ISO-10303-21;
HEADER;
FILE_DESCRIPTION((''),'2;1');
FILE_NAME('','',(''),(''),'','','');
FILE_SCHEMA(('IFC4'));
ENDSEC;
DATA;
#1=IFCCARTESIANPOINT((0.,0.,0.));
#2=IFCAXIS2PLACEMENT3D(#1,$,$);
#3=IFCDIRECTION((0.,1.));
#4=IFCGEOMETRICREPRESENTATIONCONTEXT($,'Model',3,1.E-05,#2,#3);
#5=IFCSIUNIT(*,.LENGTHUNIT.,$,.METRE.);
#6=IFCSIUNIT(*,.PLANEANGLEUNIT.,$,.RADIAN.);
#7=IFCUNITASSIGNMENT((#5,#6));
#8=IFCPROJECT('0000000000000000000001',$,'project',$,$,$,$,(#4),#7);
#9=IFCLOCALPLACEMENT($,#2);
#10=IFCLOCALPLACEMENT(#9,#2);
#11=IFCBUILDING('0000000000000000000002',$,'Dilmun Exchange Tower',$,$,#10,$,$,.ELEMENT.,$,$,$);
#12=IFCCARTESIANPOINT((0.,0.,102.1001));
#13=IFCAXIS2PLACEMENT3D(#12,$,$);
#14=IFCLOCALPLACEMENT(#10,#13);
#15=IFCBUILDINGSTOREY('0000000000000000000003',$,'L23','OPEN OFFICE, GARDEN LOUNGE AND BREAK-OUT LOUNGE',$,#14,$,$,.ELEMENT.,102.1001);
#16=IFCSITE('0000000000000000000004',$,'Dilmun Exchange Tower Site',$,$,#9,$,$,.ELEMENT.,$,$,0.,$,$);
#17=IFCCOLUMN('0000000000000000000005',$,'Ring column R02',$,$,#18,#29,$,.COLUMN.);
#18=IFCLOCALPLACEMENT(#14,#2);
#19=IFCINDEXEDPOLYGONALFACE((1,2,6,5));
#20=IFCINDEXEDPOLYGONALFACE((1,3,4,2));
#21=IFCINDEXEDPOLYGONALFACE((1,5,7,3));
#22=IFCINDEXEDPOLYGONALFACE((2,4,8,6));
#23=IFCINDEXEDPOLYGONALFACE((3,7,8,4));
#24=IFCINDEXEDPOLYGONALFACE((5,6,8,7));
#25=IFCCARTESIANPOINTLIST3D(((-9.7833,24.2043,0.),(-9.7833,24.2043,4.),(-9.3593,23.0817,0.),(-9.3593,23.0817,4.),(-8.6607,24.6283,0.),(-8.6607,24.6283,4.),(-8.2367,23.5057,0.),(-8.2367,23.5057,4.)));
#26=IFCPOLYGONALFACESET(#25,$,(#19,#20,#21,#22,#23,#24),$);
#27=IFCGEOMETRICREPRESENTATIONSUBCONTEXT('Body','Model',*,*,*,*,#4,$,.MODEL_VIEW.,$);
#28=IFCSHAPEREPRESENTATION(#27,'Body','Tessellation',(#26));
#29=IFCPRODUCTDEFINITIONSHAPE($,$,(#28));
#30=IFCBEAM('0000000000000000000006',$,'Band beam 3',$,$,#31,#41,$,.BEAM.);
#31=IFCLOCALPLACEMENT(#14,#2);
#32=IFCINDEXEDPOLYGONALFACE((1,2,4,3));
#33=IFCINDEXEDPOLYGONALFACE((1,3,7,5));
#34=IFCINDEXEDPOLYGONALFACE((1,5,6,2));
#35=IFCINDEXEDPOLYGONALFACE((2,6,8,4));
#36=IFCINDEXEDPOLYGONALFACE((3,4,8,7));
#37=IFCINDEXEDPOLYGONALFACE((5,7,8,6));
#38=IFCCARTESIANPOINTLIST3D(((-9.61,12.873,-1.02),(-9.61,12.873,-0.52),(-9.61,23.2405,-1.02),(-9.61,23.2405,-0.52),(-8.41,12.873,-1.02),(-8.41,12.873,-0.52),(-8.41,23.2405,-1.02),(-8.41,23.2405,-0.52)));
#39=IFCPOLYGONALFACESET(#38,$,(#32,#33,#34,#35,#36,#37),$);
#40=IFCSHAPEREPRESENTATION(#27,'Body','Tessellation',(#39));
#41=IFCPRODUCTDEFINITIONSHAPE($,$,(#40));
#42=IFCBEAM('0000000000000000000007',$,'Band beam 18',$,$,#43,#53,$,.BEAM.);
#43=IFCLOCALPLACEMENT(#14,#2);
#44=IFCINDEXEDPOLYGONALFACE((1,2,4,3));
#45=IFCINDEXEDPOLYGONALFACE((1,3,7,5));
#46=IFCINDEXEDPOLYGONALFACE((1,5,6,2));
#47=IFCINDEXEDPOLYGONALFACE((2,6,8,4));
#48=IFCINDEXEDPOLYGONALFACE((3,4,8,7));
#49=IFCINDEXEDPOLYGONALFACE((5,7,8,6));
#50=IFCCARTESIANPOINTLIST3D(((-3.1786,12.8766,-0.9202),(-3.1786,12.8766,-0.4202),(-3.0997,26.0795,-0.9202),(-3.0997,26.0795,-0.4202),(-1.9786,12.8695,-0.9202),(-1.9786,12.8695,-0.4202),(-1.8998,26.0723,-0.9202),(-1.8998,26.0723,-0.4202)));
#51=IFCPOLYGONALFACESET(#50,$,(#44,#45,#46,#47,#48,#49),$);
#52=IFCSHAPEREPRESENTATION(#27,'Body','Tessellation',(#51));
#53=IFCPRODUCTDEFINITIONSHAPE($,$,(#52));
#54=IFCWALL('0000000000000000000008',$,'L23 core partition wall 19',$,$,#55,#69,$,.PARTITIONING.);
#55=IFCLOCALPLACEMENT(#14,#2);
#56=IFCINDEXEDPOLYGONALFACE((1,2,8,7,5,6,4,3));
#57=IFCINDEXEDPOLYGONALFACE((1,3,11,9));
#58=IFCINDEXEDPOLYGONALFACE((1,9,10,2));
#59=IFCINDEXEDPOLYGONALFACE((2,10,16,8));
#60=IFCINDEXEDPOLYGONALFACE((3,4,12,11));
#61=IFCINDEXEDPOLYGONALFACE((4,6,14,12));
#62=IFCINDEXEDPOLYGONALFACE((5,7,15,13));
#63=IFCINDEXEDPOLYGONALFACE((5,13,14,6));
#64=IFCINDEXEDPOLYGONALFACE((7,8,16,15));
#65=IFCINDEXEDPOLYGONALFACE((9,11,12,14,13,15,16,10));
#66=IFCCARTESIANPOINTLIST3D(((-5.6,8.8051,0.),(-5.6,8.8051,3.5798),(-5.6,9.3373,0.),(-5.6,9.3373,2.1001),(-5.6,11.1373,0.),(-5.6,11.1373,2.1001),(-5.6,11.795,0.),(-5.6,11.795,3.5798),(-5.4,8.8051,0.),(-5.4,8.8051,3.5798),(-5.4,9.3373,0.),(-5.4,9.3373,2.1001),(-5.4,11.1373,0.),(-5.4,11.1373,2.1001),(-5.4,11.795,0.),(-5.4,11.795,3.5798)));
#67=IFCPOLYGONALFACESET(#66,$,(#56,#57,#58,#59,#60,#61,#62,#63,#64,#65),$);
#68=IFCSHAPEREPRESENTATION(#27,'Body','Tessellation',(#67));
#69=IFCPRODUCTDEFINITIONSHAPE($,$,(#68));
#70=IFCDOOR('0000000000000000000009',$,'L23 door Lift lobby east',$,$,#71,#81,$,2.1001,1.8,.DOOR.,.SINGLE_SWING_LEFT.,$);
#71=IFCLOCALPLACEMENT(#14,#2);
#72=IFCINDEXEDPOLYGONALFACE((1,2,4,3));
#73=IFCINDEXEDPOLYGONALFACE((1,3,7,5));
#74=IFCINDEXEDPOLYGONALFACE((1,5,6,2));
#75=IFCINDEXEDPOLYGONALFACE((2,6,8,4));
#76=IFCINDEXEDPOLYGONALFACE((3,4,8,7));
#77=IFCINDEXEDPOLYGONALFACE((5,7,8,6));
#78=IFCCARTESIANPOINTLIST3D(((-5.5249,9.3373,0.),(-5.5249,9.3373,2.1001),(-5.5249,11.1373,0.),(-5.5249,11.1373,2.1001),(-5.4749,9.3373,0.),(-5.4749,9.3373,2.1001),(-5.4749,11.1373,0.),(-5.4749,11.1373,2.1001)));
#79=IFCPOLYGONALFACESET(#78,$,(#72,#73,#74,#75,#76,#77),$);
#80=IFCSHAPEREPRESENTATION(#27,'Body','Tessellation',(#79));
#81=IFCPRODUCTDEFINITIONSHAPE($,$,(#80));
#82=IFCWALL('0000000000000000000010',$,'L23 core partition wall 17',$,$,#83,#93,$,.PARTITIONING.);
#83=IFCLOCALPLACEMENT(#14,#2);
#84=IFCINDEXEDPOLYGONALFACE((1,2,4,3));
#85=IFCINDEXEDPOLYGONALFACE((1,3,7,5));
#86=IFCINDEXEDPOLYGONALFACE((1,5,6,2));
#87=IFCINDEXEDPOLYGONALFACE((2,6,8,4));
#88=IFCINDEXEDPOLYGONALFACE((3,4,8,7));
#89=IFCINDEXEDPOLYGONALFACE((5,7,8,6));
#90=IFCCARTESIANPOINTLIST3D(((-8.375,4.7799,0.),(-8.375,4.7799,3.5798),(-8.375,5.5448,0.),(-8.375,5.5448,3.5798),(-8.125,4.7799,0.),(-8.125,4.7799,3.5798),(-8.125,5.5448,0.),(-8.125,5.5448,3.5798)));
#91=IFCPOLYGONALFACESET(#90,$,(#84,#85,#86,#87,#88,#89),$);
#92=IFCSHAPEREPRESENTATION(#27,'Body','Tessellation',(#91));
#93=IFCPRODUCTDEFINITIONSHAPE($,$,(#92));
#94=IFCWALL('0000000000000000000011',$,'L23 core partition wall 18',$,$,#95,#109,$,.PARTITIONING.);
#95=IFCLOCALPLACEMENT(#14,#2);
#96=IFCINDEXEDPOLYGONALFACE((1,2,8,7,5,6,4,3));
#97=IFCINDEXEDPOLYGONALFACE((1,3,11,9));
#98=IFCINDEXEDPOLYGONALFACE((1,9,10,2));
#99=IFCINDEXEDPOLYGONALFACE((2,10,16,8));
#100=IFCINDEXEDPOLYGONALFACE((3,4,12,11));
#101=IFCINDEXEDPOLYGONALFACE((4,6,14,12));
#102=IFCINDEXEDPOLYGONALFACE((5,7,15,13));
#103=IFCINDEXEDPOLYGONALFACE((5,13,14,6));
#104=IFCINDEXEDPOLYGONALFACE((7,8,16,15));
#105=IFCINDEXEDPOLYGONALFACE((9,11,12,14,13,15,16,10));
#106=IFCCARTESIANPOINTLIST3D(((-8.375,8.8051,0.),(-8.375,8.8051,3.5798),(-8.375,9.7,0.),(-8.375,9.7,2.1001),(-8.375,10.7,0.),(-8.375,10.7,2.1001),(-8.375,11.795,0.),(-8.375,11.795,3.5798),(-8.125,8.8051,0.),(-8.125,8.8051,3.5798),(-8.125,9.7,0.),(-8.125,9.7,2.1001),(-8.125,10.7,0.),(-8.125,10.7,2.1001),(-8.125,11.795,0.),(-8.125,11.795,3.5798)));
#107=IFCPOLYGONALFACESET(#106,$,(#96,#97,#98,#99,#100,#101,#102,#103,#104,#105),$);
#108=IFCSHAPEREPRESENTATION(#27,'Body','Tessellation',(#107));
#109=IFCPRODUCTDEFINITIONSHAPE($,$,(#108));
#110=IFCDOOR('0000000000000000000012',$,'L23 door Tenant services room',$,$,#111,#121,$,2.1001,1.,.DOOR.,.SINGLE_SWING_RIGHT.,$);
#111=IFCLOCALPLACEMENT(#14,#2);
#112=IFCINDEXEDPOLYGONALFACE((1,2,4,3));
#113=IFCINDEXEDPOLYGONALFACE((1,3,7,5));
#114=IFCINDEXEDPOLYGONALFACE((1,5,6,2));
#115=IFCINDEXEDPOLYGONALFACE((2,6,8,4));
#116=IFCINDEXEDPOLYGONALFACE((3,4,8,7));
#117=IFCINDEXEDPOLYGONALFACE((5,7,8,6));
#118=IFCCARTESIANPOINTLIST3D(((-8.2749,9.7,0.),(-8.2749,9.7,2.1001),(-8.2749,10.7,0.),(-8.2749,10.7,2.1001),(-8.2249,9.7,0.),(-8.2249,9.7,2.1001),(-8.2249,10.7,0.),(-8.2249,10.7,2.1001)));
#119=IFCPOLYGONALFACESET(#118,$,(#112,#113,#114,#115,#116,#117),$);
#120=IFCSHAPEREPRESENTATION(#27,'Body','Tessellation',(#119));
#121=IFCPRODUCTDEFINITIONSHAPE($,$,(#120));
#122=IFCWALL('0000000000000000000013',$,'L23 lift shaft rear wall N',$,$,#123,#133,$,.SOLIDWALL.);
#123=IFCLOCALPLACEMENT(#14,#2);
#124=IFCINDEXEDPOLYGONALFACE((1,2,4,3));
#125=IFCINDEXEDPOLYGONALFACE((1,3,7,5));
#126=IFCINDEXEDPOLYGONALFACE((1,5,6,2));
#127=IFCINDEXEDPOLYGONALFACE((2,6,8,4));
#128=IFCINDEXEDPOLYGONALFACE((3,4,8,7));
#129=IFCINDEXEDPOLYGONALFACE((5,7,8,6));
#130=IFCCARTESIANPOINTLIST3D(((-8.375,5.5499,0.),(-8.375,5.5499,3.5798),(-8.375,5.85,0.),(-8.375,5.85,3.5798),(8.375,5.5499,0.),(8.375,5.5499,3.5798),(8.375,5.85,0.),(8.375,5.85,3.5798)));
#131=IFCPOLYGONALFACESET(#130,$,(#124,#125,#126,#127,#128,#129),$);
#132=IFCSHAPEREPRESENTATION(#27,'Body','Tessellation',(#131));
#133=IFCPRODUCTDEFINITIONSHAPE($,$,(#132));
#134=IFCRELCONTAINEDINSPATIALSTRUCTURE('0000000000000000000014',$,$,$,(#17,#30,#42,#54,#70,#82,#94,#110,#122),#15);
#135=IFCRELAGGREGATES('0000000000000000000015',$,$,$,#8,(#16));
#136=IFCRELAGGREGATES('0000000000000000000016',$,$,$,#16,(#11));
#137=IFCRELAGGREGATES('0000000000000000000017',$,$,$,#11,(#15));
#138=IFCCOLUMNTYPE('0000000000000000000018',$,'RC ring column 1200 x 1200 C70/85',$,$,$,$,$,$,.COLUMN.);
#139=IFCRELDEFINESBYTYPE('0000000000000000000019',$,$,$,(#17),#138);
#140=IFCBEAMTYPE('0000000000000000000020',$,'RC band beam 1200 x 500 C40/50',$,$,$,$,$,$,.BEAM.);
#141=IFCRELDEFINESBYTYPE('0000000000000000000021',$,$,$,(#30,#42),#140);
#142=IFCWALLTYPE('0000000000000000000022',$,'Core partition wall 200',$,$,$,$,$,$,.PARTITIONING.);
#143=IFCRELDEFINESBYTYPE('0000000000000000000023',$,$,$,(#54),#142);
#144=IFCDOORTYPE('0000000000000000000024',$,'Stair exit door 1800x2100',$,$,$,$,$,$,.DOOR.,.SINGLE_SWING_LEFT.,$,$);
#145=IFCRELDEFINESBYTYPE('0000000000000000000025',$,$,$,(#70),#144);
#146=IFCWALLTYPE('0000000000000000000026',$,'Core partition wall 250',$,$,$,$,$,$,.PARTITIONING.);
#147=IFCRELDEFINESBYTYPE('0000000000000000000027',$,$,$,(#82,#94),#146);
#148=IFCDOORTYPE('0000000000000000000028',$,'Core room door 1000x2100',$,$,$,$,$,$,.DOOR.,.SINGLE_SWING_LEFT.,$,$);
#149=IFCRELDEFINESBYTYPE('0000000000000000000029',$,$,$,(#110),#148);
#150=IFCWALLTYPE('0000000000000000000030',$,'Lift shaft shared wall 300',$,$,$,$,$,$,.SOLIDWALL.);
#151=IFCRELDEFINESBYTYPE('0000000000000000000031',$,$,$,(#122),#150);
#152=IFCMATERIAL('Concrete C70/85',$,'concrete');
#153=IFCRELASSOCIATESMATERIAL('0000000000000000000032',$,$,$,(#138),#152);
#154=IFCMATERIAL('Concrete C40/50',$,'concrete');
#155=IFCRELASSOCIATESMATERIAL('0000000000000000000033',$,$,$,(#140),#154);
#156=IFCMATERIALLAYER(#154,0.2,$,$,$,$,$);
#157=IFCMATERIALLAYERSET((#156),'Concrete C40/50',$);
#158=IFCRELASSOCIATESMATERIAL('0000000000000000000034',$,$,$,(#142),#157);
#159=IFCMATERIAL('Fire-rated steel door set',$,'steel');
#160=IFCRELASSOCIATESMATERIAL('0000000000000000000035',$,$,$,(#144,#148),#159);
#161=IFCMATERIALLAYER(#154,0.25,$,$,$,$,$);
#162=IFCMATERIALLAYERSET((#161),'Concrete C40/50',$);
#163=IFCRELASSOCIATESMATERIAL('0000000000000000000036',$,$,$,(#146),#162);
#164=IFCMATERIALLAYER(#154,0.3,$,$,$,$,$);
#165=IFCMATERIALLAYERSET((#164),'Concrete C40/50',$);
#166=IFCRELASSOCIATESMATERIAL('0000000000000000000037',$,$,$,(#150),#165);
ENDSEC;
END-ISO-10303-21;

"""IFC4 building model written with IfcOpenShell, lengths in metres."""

from ifc_helpers import new_model, si_unit, direction, frame, frame_2d, origin, origin_2d, place, context, subcontext, project, spatial, rectangle, extrude, material, layer, layer_set, material_profile, profile_set, type_object, element, fill, save


model = new_model("IFC4")

# Units and contexts
model_context = context("Model", 3, precision=1e-05, world=origin(), true_north=direction((0.0, 1.0)))
body_context = subcontext(model_context, "Body", "Model", "MODEL_VIEW")
ifc_project = project(units=[si_unit("LENGTHUNIT", "METRE"), si_unit("PLANEANGLEUNIT", "RADIAN")], contexts=[model_context])

# Site, building, storey
site_placement = place(None, origin())
site = spatial("IfcSite", under=ifc_project, at=site_placement, Name="Dilmun Exchange Tower Site", CompositionType="ELEMENT", RefElevation=0.0)
building_placement = place(site_placement, origin())
building = spatial("IfcBuilding", under=site, at=building_placement, Name="Dilmun Exchange Tower", CompositionType="ELEMENT")
storey_placement = place(building_placement, frame((0.0, 0.0, 102.1001)))
storey = spatial("IfcBuildingStorey", under=building, at=storey_placement, Name="L23", Description="OPEN OFFICE, GARDEN LOUNGE AND BREAK-OUT LOUNGE", CompositionType="ELEMENT", Elevation=102.1001)

# Column
ifc_material_1 = material(Name="Concrete C70/85", Category="concrete")
ifc_material_profile_1 = material_profile(ifc_material_1, rectangle(XDim=1.2, YDim=1.2, at=origin_2d()), Name="1200 x 1200")
ifc_profile_set_1 = profile_set([ifc_material_profile_1], Name="Concrete C70/85")
column_type = type_object("IfcColumnType", Name="RC ring column 1200 x 1200 C70/85", PredefinedType="COLUMN", material=ifc_profile_set_1)
column_placement = place(storey_placement, frame((-9.01, 23.855, 0.0), z_axis=(0.0, 0.0, 1.0), x_axis=(0.935492, 0.353349, 0.0)))
element("IfcColumn", 1, at=column_placement, inside=storey, type_object=column_type, Name="Ring column R02", PredefinedType="COLUMN", context=body_context, shape_type="SweptSolid", body=[
    extrude(rectangle(XDim=1.2, YDim=1.2, at=origin_2d()), origin(), (0.0, 0.0, 1.0), 4.0),
])

# Beams
ifc_material_2 = material(Name="Concrete C40/50", Category="concrete")
ifc_material_profile_2 = material_profile(ifc_material_2, rectangle(XDim=1.2, YDim=0.5, at=origin_2d()), Name="1200 x 500")
ifc_profile_set_2 = profile_set([ifc_material_profile_2], Name="Concrete C40/50")
beam_type = type_object("IfcBeamType", Name="RC band beam 1200 x 500 C40/50", PredefinedType="BEAM", material=ifc_profile_set_2)
beam_1_placement = place(storey_placement, frame((-9.01, 23.2405, -0.77), z_axis=(0.0, -1.0, 0.0), x_axis=(1.0, 0.0, 0.0)))
element("IfcBeam", 2, at=beam_1_placement, inside=storey, type_object=beam_type, Name="Band beam 3", PredefinedType="BEAM", context=body_context, shape_type="SweptSolid", body=[
    extrude(rectangle(XDim=1.2, YDim=0.5, at=origin_2d()), origin(), (0.0, 0.0, 1.0), 10.3674),
])
beam_2_placement = place(storey_placement, frame((-2.4998, 26.0759, -0.6702), z_axis=(-0.005973, -0.999982, 0.0), x_axis=(0.999982, -0.005973, 0.0)))
element("IfcBeam", 3, at=beam_2_placement, inside=storey, type_object=beam_type, Name="Band beam 18", PredefinedType="BEAM", context=body_context, shape_type="SweptSolid", body=[
    extrude(rectangle(XDim=1.2, YDim=0.5, at=origin_2d()), origin(), (0.0, 0.0, 1.0), 13.2031),
])

# Wall, opening, door
ifc_layer_1 = layer(ifc_material_2, 0.2)
ifc_layer_set_1 = layer_set([ifc_layer_1], Name="Concrete C40/50")
wall_type_1 = type_object("IfcWallType", Name="Core partition wall 200", PredefinedType="PARTITIONING", material=ifc_layer_set_1)
wall_1_placement = place(storey_placement, frame((-5.5, 8.8049, 0.0), z_axis=(0.0, 0.0, 1.0), x_axis=(0.0, 1.0, 0.0)))
wall_1 = element("IfcWall", 4, at=wall_1_placement, inside=storey, type_object=wall_type_1, Name="L23 core partition wall 19", PredefinedType="PARTITIONING", context=body_context, shape_type="SweptSolid", body=[
    extrude(rectangle(XDim=2.99, YDim=0.2, at=frame_2d((1.4951, 0.0))), origin(), (0.0, 0.0, 1.0), 3.5798),
])
opening_1_placement = place(wall_1_placement, frame((0.5325, 0.0, 0.0)))
opening_1 = element("IfcOpeningElement", 5, at=opening_1_placement, cuts=wall_1, PredefinedType="OPENING", context=body_context, shape_type="SweptSolid", body=[
    extrude(rectangle(XDim=1.8, YDim=2.1001, at=frame_2d((0.8999, 1.05))), frame((0.0, 0.1099, 0.0), z_axis=(0.0, -1.0, 0.0), x_axis=(1.0, 0.0, 0.0)), (0.0, 0.0, 1.0), 0.22),
])
ifc_material_3 = material(Name="Fire-rated steel door set", Category="steel")
door_type_1 = type_object("IfcDoorType", Name="Stair exit door 1800x2100", OperationType="SINGLE_SWING_LEFT", PredefinedType="DOOR", material=ifc_material_3)
door_1_placement = place(opening_1_placement, origin())
door_1 = element("IfcDoor", 6, at=door_1_placement, inside=storey, type_object=door_type_1, Name="L23 door Lift lobby east", OperationType="SINGLE_SWING_LEFT", OverallHeight=2.1001, OverallWidth=1.8, PredefinedType="DOOR", context=body_context, shape_type="SweptSolid", body=[
    extrude(rectangle(XDim=1.8, YDim=2.1001, at=frame_2d((0.8999, 1.05))), frame((0.0, 0.0249, 0.0), z_axis=(0.0, -1.0, 0.0), x_axis=(1.0, 0.0, 0.0)), (0.0, 0.0, 1.0), 0.05),
])
fill(opening_1, door_1)

# Wall
ifc_layer_2 = layer(ifc_material_2, 0.25)
ifc_layer_set_2 = layer_set([ifc_layer_2], Name="Concrete C40/50")
wall_type_2 = type_object("IfcWallType", Name="Core partition wall 250", PredefinedType="PARTITIONING", material=ifc_layer_set_2)
wall_2_placement = place(storey_placement, frame((-8.25, 4.78, 0.0), z_axis=(0.0, 0.0, 1.0), x_axis=(0.0, 1.0, 0.0)))
element("IfcWall", 7, at=wall_2_placement, inside=storey, type_object=wall_type_2, Name="L23 core partition wall 17", PredefinedType="PARTITIONING", context=body_context, shape_type="SweptSolid", body=[
    extrude(rectangle(XDim=0.7649, YDim=0.25, at=frame_2d((0.3823, 0.0))), origin(), (0.0, 0.0, 1.0), 3.5798),
])

# Wall, opening, door
wall_3_placement = place(storey_placement, frame((-8.25, 8.8049, 0.0), z_axis=(0.0, 0.0, 1.0), x_axis=(0.0, 1.0, 0.0)))
wall_3 = element("IfcWall", 8, at=wall_3_placement, inside=storey, type_object=wall_type_2, Name="L23 core partition wall 18", PredefinedType="PARTITIONING", context=body_context, shape_type="SweptSolid", body=[
    extrude(rectangle(XDim=2.99, YDim=0.25, at=frame_2d((1.4951, 0.0))), origin(), (0.0, 0.0, 1.0), 3.5798),
])
opening_2_placement = place(wall_3_placement, frame((0.895, 0.0, 0.0)))
opening_2 = element("IfcOpeningElement", 9, at=opening_2_placement, cuts=wall_3, PredefinedType="OPENING", context=body_context, shape_type="SweptSolid", body=[
    extrude(rectangle(XDim=1.0, YDim=2.1001, at=frame_2d((0.5, 1.05))), frame((0.0, 0.135, 0.0), z_axis=(0.0, -1.0, 0.0), x_axis=(1.0, 0.0, 0.0)), (0.0, 0.0, 1.0), 0.27),
])
door_type_2 = type_object("IfcDoorType", Name="Core room door 1000x2100", OperationType="SINGLE_SWING_LEFT", PredefinedType="DOOR", material=ifc_material_3)
door_2_placement = place(opening_2_placement, origin())
door_2 = element("IfcDoor", 10, at=door_2_placement, inside=storey, type_object=door_type_2, Name="L23 door Tenant services room", OperationType="SINGLE_SWING_RIGHT", OverallHeight=2.1001, OverallWidth=1.0, PredefinedType="DOOR", context=body_context, shape_type="SweptSolid", body=[
    extrude(rectangle(XDim=1.0, YDim=2.1001, at=frame_2d((0.5, 1.05))), frame((0.0, 0.0249, 0.0), z_axis=(0.0, -1.0, 0.0), x_axis=(1.0, 0.0, 0.0)), (0.0, 0.0, 1.0), 0.05),
])
fill(opening_2, door_2)

# Wall
ifc_layer_3 = layer(ifc_material_2, 0.3)
ifc_layer_set_3 = layer_set([ifc_layer_3], Name="Concrete C40/50")
wall_type_3 = type_object("IfcWallType", Name="Lift shaft shared wall 300", PredefinedType="SOLIDWALL", material=ifc_layer_set_3)
wall_4_placement = place(storey_placement, frame((-8.375, 5.7, 0.0), z_axis=(0.0, 0.0, 1.0), x_axis=(1.0, 0.0, 0.0)))
element("IfcWall", 11, at=wall_4_placement, inside=storey, type_object=wall_type_3, Name="L23 lift shaft rear wall N", PredefinedType="SOLIDWALL", context=body_context, shape_type="SweptSolid", body=[
    extrude(rectangle(XDim=16.75, YDim=0.3, at=frame_2d((8.375, 0.0))), origin(), (0.0, 0.0, 1.0), 3.5798),
])

save(model, "model.ifc")
